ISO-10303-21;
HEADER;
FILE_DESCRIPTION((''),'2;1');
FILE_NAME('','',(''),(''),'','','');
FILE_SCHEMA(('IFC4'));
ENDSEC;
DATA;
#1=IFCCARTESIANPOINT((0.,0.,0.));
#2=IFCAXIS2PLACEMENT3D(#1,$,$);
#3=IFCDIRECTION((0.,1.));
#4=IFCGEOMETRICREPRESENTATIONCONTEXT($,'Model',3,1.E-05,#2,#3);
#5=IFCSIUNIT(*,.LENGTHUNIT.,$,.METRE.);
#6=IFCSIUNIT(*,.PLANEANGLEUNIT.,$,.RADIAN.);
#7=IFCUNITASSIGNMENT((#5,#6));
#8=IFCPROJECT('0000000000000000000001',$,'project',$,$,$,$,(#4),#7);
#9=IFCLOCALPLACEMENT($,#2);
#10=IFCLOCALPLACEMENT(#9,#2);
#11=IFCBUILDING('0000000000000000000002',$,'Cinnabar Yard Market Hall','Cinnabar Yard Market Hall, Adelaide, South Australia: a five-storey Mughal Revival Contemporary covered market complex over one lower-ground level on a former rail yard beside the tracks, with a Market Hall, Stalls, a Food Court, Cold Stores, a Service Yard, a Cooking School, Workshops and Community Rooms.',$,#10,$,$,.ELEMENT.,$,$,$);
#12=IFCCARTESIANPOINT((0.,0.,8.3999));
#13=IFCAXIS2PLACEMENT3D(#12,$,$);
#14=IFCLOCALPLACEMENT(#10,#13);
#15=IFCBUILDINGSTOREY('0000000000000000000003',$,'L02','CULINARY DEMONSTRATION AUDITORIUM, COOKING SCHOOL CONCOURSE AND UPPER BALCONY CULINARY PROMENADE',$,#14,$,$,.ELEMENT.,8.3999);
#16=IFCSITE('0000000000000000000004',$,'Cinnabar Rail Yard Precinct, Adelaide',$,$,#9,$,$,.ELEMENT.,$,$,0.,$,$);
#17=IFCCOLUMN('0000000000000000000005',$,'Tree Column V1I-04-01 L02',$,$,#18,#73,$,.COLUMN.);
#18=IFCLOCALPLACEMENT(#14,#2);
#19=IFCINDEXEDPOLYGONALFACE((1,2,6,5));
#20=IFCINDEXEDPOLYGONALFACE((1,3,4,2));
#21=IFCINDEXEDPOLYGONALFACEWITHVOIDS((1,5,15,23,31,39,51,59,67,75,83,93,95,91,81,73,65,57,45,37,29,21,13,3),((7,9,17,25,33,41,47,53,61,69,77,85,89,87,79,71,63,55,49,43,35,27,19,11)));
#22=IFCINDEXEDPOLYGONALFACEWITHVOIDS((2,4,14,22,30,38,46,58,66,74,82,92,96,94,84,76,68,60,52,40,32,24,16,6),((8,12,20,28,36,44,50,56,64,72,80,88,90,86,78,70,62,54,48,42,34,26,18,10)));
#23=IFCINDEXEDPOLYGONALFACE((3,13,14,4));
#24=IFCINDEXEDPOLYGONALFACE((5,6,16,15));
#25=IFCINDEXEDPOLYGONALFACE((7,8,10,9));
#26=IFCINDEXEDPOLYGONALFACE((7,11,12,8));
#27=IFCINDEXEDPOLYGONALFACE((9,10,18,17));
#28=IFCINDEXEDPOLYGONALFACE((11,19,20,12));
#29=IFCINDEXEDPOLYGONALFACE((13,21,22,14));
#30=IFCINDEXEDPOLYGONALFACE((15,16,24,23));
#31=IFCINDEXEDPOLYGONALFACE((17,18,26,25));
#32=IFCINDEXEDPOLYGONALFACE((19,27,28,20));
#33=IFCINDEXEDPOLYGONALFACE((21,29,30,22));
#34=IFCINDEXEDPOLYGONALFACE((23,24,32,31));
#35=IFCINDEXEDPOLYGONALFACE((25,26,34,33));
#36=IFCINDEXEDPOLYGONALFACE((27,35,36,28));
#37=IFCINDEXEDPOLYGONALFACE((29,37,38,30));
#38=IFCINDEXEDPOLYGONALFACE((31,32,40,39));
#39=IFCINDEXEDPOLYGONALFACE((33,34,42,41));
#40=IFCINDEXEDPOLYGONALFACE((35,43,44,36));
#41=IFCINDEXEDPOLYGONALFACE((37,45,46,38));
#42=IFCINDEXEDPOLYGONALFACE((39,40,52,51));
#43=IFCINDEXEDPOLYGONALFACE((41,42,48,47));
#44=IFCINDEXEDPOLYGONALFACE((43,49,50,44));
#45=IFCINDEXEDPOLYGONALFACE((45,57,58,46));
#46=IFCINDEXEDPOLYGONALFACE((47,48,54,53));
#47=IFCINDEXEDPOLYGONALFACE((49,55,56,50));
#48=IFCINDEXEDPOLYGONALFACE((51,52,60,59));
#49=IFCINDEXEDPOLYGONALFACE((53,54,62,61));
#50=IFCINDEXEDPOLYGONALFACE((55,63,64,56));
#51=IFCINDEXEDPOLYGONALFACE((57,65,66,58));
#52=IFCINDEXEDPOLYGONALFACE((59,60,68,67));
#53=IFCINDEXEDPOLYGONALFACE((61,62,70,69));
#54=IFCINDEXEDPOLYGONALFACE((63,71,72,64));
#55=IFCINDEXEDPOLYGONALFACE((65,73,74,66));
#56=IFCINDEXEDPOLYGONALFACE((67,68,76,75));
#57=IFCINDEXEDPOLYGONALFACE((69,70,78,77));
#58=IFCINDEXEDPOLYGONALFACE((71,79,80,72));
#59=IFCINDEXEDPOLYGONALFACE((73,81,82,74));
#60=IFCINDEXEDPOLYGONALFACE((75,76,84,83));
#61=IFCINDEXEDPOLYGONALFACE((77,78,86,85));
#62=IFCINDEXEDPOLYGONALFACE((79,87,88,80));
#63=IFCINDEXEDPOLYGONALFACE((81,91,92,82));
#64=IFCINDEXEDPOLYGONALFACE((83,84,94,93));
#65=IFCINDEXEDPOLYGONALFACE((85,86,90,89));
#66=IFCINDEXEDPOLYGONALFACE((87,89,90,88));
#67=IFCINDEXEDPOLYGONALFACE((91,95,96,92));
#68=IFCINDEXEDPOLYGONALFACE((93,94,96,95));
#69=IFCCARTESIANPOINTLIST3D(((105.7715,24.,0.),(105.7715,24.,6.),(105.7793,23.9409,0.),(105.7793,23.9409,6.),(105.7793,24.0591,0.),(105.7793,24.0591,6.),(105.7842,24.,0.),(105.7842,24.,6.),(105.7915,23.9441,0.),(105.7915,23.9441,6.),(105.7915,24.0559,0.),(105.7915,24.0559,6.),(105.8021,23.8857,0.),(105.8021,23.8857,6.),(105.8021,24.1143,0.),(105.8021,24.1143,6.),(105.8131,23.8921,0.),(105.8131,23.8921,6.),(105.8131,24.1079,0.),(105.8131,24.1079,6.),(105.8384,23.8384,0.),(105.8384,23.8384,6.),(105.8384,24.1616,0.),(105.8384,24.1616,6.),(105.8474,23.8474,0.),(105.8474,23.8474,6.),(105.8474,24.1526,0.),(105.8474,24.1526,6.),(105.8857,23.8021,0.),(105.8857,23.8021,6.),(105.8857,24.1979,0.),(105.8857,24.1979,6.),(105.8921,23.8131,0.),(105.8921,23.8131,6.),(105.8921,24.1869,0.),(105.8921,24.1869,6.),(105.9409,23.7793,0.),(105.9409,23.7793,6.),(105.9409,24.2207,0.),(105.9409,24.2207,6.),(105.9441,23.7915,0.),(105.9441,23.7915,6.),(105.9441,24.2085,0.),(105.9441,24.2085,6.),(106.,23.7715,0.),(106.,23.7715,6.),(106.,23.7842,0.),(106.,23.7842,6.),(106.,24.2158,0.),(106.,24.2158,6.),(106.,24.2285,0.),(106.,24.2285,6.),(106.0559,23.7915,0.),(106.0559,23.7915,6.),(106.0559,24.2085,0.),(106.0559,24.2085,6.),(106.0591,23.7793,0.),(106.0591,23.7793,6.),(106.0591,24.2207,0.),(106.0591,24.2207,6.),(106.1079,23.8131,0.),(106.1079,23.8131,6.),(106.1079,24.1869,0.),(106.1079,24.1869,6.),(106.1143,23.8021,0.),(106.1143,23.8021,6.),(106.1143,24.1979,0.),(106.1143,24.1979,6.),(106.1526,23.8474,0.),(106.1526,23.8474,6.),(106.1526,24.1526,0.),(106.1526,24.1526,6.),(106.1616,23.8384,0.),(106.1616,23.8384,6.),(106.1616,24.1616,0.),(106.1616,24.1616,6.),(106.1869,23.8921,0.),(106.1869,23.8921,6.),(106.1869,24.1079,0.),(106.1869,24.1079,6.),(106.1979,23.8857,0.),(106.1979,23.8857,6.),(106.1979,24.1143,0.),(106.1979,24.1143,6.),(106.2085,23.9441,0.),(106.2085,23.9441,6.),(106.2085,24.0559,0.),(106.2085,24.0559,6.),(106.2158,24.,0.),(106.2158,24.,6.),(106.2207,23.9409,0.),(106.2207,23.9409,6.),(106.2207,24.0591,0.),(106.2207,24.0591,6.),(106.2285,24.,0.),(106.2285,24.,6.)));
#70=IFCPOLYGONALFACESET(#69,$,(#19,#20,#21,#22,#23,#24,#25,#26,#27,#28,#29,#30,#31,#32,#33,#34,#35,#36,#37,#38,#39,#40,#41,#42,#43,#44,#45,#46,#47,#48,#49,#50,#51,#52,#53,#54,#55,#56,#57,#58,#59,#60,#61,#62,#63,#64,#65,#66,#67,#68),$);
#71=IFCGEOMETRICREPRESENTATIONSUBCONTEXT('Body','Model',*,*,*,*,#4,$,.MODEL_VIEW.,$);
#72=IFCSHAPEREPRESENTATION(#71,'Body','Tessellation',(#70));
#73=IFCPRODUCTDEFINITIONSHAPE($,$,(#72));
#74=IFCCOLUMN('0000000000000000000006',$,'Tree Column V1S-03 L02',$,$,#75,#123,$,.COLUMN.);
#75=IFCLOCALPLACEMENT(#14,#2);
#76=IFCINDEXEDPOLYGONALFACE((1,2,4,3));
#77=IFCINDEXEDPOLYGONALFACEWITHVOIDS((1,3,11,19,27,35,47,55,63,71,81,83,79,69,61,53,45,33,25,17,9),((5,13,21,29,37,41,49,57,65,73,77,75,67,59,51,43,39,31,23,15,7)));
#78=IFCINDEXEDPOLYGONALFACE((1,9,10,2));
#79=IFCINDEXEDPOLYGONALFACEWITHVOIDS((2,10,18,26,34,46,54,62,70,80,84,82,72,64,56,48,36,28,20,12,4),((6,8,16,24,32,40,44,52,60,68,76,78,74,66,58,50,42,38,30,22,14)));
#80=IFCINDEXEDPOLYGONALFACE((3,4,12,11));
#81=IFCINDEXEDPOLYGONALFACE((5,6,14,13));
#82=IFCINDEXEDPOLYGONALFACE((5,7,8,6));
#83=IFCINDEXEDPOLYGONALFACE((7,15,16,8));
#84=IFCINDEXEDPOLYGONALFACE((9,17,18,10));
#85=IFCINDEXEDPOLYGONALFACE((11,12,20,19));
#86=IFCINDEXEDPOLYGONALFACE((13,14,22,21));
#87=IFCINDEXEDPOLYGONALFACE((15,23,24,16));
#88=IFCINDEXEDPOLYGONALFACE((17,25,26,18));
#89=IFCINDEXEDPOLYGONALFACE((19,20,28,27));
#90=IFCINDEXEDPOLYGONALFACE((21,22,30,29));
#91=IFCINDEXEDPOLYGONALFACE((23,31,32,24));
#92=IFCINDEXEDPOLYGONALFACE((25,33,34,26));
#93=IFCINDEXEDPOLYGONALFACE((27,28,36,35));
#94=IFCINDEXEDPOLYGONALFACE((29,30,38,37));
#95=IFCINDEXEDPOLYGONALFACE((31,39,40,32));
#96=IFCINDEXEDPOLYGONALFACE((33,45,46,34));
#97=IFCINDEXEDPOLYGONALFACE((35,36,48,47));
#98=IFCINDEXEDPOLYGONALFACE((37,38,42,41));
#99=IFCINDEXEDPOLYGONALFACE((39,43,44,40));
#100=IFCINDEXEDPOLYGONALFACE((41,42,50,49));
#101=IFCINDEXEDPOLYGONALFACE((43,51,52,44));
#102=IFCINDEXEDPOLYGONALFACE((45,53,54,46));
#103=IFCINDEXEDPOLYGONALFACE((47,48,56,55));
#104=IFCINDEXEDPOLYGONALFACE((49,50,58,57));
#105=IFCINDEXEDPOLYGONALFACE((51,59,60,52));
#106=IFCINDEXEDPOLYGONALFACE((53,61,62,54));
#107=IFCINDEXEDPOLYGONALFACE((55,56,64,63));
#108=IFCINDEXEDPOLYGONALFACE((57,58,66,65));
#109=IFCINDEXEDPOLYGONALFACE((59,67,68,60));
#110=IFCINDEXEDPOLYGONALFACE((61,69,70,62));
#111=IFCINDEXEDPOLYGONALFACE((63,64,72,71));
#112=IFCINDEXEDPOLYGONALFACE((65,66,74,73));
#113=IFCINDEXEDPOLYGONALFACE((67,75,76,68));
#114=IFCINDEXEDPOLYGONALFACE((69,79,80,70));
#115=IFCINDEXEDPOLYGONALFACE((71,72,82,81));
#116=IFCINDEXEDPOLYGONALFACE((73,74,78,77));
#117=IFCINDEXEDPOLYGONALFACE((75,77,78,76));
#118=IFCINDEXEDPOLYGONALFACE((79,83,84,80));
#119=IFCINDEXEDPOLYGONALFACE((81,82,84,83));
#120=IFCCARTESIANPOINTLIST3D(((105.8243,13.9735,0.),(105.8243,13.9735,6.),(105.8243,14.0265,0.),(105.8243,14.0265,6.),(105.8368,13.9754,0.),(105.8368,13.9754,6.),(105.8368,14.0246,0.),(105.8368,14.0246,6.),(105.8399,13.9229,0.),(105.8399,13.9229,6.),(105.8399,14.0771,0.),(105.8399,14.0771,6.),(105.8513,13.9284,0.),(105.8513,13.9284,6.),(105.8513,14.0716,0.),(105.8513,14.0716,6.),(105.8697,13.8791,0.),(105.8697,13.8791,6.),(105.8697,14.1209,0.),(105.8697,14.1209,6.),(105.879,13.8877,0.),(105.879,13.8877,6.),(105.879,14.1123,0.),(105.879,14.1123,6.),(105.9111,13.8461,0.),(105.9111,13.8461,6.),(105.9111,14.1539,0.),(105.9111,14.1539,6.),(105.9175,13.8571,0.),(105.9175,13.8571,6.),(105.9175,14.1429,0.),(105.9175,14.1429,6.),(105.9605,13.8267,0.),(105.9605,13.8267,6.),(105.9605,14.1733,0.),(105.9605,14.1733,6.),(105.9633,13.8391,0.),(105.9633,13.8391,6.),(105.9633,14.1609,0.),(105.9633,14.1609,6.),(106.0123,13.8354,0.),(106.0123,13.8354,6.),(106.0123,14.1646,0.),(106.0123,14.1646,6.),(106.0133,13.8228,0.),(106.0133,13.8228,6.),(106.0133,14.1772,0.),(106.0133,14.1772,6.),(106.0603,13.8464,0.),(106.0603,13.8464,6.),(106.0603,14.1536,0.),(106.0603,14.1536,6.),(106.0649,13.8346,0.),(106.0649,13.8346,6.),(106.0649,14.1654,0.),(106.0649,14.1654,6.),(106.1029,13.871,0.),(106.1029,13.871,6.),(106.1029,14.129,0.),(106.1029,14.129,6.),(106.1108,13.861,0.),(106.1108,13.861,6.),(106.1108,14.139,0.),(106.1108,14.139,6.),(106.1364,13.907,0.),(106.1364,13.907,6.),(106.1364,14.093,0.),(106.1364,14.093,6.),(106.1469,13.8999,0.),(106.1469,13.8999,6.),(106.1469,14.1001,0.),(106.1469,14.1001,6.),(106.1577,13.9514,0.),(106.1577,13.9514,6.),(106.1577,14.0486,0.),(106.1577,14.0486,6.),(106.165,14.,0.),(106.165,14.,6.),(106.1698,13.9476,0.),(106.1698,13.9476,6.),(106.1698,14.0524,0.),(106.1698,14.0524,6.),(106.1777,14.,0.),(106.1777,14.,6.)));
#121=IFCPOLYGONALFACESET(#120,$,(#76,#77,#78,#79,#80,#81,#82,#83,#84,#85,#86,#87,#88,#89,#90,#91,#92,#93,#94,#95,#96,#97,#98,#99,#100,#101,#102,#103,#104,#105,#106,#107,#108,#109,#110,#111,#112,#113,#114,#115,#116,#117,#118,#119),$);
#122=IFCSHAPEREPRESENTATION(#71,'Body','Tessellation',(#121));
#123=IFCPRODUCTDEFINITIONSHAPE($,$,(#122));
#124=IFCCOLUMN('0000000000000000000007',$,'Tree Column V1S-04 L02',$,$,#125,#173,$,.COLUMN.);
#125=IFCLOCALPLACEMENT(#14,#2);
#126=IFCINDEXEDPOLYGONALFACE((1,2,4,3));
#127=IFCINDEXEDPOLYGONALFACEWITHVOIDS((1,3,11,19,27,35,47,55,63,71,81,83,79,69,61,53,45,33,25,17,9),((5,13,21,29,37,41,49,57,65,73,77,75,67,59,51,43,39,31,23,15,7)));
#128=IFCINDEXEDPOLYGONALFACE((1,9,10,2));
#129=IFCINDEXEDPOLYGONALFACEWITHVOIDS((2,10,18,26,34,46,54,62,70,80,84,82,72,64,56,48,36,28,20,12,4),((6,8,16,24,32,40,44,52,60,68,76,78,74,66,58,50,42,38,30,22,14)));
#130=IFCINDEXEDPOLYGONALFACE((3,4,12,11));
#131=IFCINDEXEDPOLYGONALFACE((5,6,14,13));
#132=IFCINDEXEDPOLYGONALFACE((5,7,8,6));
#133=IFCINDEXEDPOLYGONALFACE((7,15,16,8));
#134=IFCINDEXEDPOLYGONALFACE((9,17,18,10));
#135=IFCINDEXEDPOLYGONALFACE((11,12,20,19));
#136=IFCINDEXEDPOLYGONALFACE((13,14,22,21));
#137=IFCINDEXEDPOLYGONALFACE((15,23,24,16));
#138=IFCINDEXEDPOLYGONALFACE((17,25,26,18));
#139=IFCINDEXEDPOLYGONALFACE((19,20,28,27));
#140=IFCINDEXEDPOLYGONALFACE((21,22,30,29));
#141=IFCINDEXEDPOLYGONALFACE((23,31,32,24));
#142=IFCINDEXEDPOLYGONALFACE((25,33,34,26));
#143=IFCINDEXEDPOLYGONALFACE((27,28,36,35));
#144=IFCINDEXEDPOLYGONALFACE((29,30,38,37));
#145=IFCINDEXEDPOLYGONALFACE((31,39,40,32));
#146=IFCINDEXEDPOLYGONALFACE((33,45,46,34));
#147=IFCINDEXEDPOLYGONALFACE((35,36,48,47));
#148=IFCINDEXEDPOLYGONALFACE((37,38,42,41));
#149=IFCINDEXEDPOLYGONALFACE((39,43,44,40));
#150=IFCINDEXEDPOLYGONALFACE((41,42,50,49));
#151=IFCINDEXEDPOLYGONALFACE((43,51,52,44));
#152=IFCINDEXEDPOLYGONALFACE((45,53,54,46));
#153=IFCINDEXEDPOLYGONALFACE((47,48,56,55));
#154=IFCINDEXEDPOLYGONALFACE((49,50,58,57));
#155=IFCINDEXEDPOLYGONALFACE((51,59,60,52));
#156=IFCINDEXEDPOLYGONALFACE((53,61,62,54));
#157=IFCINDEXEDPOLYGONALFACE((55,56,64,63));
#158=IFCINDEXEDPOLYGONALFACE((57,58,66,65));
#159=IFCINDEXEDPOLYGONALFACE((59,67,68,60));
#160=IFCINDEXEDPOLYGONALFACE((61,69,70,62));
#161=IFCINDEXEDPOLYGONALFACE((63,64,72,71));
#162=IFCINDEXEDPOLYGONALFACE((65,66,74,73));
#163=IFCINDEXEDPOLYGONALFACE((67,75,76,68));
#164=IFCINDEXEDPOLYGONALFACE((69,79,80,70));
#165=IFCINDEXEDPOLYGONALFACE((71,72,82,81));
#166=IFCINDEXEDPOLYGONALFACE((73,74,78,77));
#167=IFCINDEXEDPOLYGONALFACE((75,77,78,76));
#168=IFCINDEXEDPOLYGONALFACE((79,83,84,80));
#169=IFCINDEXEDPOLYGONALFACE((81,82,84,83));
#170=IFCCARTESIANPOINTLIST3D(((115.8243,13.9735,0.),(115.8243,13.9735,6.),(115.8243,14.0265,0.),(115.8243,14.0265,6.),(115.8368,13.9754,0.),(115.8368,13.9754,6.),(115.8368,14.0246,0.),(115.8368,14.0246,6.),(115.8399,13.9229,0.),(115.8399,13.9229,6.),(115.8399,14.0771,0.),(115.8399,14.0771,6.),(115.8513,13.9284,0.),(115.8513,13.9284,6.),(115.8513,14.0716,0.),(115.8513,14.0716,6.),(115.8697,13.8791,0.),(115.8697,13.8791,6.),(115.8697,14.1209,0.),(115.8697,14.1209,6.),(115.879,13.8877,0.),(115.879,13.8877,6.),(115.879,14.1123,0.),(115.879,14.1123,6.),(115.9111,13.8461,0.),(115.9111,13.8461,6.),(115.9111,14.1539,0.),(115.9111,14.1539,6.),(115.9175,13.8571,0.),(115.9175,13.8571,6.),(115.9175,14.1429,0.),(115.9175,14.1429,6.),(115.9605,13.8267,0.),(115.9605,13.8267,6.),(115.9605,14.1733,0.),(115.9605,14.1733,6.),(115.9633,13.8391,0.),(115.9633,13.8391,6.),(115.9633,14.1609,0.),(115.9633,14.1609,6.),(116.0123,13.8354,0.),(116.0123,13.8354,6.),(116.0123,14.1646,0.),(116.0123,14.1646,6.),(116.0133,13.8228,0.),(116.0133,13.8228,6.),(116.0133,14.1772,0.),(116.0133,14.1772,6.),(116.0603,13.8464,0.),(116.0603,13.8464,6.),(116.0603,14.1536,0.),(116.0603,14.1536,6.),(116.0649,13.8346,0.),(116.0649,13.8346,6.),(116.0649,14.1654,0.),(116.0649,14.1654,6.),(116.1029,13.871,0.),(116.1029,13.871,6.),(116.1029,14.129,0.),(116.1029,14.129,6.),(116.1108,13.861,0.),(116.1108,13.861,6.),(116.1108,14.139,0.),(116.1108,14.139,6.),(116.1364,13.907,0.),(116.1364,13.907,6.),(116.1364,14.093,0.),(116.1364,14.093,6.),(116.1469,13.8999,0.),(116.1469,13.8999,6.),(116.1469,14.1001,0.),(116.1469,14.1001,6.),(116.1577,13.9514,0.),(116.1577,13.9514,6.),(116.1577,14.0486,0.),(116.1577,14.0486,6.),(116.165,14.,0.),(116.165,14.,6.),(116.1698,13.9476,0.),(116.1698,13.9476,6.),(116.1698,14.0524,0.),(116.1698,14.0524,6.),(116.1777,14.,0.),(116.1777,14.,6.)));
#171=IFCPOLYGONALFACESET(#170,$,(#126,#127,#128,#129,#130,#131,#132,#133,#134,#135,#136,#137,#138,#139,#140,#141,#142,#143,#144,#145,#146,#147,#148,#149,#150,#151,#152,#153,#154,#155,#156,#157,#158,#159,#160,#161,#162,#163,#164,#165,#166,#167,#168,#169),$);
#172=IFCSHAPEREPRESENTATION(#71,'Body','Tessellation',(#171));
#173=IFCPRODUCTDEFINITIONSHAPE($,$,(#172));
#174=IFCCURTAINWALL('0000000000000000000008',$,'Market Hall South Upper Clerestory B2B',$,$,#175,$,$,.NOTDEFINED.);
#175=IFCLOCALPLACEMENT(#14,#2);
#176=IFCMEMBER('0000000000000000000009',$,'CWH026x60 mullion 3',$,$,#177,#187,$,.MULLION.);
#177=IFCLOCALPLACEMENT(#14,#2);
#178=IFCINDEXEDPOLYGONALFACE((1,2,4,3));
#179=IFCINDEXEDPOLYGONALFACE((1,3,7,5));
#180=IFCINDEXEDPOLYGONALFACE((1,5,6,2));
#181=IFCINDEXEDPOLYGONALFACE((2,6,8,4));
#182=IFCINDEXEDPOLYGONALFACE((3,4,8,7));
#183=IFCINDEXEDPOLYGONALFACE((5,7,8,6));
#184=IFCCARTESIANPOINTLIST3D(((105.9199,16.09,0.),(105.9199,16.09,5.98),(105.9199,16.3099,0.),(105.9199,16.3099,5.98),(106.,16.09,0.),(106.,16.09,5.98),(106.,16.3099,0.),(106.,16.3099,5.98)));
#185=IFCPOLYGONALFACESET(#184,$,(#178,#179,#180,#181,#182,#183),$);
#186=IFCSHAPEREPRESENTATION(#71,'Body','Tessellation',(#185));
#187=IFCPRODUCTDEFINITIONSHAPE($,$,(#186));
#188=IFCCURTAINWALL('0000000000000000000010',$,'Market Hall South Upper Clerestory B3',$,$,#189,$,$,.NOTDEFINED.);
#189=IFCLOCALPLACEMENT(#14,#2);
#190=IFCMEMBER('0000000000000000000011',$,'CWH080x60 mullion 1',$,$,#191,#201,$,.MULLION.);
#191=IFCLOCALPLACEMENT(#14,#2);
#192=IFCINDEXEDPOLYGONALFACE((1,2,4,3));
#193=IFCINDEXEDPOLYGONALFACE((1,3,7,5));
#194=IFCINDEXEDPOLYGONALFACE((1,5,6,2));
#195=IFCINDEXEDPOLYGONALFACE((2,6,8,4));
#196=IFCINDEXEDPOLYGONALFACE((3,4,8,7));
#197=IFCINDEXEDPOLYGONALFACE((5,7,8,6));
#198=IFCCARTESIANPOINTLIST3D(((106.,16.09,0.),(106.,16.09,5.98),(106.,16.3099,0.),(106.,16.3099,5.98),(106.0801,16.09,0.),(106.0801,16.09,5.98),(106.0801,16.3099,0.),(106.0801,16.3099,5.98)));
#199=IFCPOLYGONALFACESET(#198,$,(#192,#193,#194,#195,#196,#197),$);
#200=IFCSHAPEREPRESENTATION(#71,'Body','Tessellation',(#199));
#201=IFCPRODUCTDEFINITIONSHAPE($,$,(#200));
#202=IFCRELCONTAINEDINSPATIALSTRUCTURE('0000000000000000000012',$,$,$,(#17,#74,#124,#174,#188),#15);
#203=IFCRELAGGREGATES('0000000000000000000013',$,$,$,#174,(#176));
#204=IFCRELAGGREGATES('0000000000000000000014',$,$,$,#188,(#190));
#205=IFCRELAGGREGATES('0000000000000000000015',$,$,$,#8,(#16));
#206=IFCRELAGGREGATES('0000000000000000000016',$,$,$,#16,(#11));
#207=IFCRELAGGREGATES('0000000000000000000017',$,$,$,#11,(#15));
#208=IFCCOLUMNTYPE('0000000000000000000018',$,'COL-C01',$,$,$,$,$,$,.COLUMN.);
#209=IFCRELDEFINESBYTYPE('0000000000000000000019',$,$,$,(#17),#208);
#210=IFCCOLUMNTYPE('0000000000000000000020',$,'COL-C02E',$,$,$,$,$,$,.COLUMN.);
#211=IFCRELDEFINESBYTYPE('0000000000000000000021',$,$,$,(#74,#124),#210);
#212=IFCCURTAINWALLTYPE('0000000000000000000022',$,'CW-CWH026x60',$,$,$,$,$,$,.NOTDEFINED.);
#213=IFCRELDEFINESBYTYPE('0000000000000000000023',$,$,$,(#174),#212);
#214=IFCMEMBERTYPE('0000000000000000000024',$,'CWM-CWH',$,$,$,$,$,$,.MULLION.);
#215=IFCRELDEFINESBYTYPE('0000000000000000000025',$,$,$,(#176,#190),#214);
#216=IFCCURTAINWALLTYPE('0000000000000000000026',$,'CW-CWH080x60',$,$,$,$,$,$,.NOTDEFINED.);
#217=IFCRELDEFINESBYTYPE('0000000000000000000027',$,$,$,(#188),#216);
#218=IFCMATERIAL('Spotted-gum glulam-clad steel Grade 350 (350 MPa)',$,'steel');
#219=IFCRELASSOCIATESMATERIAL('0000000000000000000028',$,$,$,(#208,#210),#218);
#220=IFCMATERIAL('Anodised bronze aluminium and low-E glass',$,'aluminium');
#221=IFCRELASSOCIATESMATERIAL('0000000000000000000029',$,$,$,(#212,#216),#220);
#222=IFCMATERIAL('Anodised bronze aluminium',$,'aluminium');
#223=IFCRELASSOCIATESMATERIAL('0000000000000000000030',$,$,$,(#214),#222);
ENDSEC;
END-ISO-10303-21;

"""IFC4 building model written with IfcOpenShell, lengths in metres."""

from ifc_helpers import new_model, si_unit, direction, frame, origin, origin_2d_with_axis, place, context, subcontext, project, spatial, rectangle, hollow_circle, extrude, material, material_profile, profile_set, type_object, element, aggregate, save


model = new_model("IFC4")

# Units and contexts
model_context = context("Model", 3, precision=1e-05, world=origin(), true_north=direction((0.0, 1.0)))
body_context = subcontext(model_context, "Body", "Model", "MODEL_VIEW")
ifc_project = project(units=[si_unit("LENGTHUNIT", "METRE"), si_unit("PLANEANGLEUNIT", "RADIAN")], contexts=[model_context])

# Site, building, storey
site_placement = place(None, origin())
site = spatial("IfcSite", under=ifc_project, at=site_placement, Name="Cinnabar Rail Yard Precinct, Adelaide", CompositionType="ELEMENT", RefElevation=0.0)
building_placement = place(site_placement, origin())
building = spatial("IfcBuilding", under=site, at=building_placement, Name="Cinnabar Yard Market Hall", Description="Cinnabar Yard Market Hall, Adelaide, South Australia: a five-storey Mughal Revival Contemporary covered market complex over one lower-ground level on a former rail yard beside the tracks, with a Market Hall, Stalls, a Food Court, Cold Stores, a Service Yard, a Cooking School, Workshops and Community Rooms.", CompositionType="ELEMENT")
storey_placement = place(building_placement, frame((0.0, 0.0, 8.3999)))
storey = spatial("IfcBuildingStorey", under=building, at=storey_placement, Name="L02", Description="CULINARY DEMONSTRATION AUDITORIUM, COOKING SCHOOL CONCOURSE AND UPPER BALCONY CULINARY PROMENADE", CompositionType="ELEMENT", Elevation=8.3999)

# Columns
ifc_material_1 = material(Name="Spotted-gum glulam-clad steel Grade 350 (350 MPa)", Category="steel")
ifc_material_profile_1 = material_profile(ifc_material_1, hollow_circle(Radius=0.2285, WallThickness=0.0127, at=origin_2d_with_axis()), Name="457.0x12.7CHS")
ifc_profile_set_1 = profile_set([ifc_material_profile_1], Name="Spotted-gum glulam-clad steel Grade 350 (350 MPa)")
column_type_1 = type_object("IfcColumnType", Name="COL-C01", PredefinedType="COLUMN", material=ifc_profile_set_1)
column_placement = place(storey_placement, frame((106.0, 24.0, 0.0), z_axis=(0.0, 0.0, 1.0), x_axis=(1.0, 0.0, 0.0)))
element("IfcColumn", 1, at=column_placement, inside=storey, type_object=column_type_1, Name="Tree Column V1I-04-01 L02", PredefinedType="COLUMN", context=body_context, shape_type="SweptSolid", body=[
    extrude(hollow_circle(Radius=0.2285, WallThickness=0.0127, at=origin_2d_with_axis()), origin(), (0.0, 0.0, 1.0), 6.0),
])
ifc_material_profile_2 = material_profile(ifc_material_1, hollow_circle(Radius=0.1777, WallThickness=0.0127, at=origin_2d_with_axis()), Name="355.6x12.7CHS")
ifc_profile_set_2 = profile_set([ifc_material_profile_2], Name="Spotted-gum glulam-clad steel Grade 350 (350 MPa)")
column_type_2 = type_object("IfcColumnType", Name="COL-C02E", PredefinedType="COLUMN", material=ifc_profile_set_2)
for number, where, z_axis, x_axis, name in (
    (2, (106.0, 14.0, 0.0), (0.0, 0.0, 1.0), (1.0, 0.0, 0.0), "Tree Column V1S-03 L02"),
    (3, (116.0, 14.0, 0.0), (0.0, 0.0, 1.0), (1.0, 0.0, 0.0), "Tree Column V1S-04 L02"),
):
    element("IfcColumn", number, at=place(storey_placement, frame(where, z_axis=z_axis, x_axis=x_axis)), inside=storey, type_object=column_type_2, Name=name, PredefinedType="COLUMN", context=body_context, shape_type="SweptSolid", body=[
        extrude(hollow_circle(Radius=0.1777, WallThickness=0.0127, at=origin_2d_with_axis()), origin(), (0.0, 0.0, 1.0), 6.0),
    ])

# Curtain wall, member
ifc_material_2 = material(Name="Anodised bronze aluminium and low-E glass", Category="aluminium")
curtain_wall_type_1 = type_object("IfcCurtainWallType", Name="CW-CWH026x60", PredefinedType="NOTDEFINED", material=ifc_material_2)
curtain_wall_1_placement = place(storey_placement, origin())
curtain_wall_1 = element("IfcCurtainWall", 4, at=curtain_wall_1_placement, inside=storey, type_object=curtain_wall_type_1, Name="Market Hall South Upper Clerestory B2B", PredefinedType="NOTDEFINED")
ifc_material_3 = material(Name="Anodised bronze aluminium", Category="aluminium")
ifc_material_profile_3 = material_profile(ifc_material_3, rectangle(XDim=0.22, YDim=0.0801, at=origin_2d_with_axis()), Name="MUL-CWH")
ifc_profile_set_3 = profile_set([ifc_material_profile_3], Name="Anodised bronze aluminium")
member_type_1 = type_object("IfcMemberType", Name="CWM-CWH", PredefinedType="MULLION", material=ifc_profile_set_3)
member_1_placement = place(storey_placement, frame((105.96, 16.2, 0.0), z_axis=(0.0, 0.0, 1.0), x_axis=(0.0, 1.0, 0.0)))
member_1 = element("IfcMember", 5, at=member_1_placement, type_object=member_type_1, Name="CWH026x60 mullion 3", PredefinedType="MULLION", context=body_context, shape_type="SweptSolid", body=[
    extrude(rectangle(XDim=0.22, YDim=0.0801, at=origin_2d_with_axis()), origin(), (0.0, 0.0, 1.0), 5.98),
])

# Curtain wall, member
curtain_wall_type_2 = type_object("IfcCurtainWallType", Name="CW-CWH080x60", PredefinedType="NOTDEFINED", material=ifc_material_2)
curtain_wall_2_placement = place(storey_placement, origin())
curtain_wall_2 = element("IfcCurtainWall", 6, at=curtain_wall_2_placement, inside=storey, type_object=curtain_wall_type_2, Name="Market Hall South Upper Clerestory B3", PredefinedType="NOTDEFINED")
member_2_placement = place(storey_placement, frame((106.04, 16.2, 0.0), z_axis=(0.0, 0.0, 1.0), x_axis=(0.0, 1.0, 0.0)))
member_2 = element("IfcMember", 7, at=member_2_placement, type_object=member_type_1, Name="CWH080x60 mullion 1", PredefinedType="MULLION", context=body_context, shape_type="SweptSolid", body=[
    extrude(rectangle(XDim=0.22, YDim=0.0801, at=origin_2d_with_axis()), origin(), (0.0, 0.0, 1.0), 5.98),
])

aggregate(curtain_wall_1, [member_1])
aggregate(curtain_wall_2, [member_2])

save(model, "model.ifc")
